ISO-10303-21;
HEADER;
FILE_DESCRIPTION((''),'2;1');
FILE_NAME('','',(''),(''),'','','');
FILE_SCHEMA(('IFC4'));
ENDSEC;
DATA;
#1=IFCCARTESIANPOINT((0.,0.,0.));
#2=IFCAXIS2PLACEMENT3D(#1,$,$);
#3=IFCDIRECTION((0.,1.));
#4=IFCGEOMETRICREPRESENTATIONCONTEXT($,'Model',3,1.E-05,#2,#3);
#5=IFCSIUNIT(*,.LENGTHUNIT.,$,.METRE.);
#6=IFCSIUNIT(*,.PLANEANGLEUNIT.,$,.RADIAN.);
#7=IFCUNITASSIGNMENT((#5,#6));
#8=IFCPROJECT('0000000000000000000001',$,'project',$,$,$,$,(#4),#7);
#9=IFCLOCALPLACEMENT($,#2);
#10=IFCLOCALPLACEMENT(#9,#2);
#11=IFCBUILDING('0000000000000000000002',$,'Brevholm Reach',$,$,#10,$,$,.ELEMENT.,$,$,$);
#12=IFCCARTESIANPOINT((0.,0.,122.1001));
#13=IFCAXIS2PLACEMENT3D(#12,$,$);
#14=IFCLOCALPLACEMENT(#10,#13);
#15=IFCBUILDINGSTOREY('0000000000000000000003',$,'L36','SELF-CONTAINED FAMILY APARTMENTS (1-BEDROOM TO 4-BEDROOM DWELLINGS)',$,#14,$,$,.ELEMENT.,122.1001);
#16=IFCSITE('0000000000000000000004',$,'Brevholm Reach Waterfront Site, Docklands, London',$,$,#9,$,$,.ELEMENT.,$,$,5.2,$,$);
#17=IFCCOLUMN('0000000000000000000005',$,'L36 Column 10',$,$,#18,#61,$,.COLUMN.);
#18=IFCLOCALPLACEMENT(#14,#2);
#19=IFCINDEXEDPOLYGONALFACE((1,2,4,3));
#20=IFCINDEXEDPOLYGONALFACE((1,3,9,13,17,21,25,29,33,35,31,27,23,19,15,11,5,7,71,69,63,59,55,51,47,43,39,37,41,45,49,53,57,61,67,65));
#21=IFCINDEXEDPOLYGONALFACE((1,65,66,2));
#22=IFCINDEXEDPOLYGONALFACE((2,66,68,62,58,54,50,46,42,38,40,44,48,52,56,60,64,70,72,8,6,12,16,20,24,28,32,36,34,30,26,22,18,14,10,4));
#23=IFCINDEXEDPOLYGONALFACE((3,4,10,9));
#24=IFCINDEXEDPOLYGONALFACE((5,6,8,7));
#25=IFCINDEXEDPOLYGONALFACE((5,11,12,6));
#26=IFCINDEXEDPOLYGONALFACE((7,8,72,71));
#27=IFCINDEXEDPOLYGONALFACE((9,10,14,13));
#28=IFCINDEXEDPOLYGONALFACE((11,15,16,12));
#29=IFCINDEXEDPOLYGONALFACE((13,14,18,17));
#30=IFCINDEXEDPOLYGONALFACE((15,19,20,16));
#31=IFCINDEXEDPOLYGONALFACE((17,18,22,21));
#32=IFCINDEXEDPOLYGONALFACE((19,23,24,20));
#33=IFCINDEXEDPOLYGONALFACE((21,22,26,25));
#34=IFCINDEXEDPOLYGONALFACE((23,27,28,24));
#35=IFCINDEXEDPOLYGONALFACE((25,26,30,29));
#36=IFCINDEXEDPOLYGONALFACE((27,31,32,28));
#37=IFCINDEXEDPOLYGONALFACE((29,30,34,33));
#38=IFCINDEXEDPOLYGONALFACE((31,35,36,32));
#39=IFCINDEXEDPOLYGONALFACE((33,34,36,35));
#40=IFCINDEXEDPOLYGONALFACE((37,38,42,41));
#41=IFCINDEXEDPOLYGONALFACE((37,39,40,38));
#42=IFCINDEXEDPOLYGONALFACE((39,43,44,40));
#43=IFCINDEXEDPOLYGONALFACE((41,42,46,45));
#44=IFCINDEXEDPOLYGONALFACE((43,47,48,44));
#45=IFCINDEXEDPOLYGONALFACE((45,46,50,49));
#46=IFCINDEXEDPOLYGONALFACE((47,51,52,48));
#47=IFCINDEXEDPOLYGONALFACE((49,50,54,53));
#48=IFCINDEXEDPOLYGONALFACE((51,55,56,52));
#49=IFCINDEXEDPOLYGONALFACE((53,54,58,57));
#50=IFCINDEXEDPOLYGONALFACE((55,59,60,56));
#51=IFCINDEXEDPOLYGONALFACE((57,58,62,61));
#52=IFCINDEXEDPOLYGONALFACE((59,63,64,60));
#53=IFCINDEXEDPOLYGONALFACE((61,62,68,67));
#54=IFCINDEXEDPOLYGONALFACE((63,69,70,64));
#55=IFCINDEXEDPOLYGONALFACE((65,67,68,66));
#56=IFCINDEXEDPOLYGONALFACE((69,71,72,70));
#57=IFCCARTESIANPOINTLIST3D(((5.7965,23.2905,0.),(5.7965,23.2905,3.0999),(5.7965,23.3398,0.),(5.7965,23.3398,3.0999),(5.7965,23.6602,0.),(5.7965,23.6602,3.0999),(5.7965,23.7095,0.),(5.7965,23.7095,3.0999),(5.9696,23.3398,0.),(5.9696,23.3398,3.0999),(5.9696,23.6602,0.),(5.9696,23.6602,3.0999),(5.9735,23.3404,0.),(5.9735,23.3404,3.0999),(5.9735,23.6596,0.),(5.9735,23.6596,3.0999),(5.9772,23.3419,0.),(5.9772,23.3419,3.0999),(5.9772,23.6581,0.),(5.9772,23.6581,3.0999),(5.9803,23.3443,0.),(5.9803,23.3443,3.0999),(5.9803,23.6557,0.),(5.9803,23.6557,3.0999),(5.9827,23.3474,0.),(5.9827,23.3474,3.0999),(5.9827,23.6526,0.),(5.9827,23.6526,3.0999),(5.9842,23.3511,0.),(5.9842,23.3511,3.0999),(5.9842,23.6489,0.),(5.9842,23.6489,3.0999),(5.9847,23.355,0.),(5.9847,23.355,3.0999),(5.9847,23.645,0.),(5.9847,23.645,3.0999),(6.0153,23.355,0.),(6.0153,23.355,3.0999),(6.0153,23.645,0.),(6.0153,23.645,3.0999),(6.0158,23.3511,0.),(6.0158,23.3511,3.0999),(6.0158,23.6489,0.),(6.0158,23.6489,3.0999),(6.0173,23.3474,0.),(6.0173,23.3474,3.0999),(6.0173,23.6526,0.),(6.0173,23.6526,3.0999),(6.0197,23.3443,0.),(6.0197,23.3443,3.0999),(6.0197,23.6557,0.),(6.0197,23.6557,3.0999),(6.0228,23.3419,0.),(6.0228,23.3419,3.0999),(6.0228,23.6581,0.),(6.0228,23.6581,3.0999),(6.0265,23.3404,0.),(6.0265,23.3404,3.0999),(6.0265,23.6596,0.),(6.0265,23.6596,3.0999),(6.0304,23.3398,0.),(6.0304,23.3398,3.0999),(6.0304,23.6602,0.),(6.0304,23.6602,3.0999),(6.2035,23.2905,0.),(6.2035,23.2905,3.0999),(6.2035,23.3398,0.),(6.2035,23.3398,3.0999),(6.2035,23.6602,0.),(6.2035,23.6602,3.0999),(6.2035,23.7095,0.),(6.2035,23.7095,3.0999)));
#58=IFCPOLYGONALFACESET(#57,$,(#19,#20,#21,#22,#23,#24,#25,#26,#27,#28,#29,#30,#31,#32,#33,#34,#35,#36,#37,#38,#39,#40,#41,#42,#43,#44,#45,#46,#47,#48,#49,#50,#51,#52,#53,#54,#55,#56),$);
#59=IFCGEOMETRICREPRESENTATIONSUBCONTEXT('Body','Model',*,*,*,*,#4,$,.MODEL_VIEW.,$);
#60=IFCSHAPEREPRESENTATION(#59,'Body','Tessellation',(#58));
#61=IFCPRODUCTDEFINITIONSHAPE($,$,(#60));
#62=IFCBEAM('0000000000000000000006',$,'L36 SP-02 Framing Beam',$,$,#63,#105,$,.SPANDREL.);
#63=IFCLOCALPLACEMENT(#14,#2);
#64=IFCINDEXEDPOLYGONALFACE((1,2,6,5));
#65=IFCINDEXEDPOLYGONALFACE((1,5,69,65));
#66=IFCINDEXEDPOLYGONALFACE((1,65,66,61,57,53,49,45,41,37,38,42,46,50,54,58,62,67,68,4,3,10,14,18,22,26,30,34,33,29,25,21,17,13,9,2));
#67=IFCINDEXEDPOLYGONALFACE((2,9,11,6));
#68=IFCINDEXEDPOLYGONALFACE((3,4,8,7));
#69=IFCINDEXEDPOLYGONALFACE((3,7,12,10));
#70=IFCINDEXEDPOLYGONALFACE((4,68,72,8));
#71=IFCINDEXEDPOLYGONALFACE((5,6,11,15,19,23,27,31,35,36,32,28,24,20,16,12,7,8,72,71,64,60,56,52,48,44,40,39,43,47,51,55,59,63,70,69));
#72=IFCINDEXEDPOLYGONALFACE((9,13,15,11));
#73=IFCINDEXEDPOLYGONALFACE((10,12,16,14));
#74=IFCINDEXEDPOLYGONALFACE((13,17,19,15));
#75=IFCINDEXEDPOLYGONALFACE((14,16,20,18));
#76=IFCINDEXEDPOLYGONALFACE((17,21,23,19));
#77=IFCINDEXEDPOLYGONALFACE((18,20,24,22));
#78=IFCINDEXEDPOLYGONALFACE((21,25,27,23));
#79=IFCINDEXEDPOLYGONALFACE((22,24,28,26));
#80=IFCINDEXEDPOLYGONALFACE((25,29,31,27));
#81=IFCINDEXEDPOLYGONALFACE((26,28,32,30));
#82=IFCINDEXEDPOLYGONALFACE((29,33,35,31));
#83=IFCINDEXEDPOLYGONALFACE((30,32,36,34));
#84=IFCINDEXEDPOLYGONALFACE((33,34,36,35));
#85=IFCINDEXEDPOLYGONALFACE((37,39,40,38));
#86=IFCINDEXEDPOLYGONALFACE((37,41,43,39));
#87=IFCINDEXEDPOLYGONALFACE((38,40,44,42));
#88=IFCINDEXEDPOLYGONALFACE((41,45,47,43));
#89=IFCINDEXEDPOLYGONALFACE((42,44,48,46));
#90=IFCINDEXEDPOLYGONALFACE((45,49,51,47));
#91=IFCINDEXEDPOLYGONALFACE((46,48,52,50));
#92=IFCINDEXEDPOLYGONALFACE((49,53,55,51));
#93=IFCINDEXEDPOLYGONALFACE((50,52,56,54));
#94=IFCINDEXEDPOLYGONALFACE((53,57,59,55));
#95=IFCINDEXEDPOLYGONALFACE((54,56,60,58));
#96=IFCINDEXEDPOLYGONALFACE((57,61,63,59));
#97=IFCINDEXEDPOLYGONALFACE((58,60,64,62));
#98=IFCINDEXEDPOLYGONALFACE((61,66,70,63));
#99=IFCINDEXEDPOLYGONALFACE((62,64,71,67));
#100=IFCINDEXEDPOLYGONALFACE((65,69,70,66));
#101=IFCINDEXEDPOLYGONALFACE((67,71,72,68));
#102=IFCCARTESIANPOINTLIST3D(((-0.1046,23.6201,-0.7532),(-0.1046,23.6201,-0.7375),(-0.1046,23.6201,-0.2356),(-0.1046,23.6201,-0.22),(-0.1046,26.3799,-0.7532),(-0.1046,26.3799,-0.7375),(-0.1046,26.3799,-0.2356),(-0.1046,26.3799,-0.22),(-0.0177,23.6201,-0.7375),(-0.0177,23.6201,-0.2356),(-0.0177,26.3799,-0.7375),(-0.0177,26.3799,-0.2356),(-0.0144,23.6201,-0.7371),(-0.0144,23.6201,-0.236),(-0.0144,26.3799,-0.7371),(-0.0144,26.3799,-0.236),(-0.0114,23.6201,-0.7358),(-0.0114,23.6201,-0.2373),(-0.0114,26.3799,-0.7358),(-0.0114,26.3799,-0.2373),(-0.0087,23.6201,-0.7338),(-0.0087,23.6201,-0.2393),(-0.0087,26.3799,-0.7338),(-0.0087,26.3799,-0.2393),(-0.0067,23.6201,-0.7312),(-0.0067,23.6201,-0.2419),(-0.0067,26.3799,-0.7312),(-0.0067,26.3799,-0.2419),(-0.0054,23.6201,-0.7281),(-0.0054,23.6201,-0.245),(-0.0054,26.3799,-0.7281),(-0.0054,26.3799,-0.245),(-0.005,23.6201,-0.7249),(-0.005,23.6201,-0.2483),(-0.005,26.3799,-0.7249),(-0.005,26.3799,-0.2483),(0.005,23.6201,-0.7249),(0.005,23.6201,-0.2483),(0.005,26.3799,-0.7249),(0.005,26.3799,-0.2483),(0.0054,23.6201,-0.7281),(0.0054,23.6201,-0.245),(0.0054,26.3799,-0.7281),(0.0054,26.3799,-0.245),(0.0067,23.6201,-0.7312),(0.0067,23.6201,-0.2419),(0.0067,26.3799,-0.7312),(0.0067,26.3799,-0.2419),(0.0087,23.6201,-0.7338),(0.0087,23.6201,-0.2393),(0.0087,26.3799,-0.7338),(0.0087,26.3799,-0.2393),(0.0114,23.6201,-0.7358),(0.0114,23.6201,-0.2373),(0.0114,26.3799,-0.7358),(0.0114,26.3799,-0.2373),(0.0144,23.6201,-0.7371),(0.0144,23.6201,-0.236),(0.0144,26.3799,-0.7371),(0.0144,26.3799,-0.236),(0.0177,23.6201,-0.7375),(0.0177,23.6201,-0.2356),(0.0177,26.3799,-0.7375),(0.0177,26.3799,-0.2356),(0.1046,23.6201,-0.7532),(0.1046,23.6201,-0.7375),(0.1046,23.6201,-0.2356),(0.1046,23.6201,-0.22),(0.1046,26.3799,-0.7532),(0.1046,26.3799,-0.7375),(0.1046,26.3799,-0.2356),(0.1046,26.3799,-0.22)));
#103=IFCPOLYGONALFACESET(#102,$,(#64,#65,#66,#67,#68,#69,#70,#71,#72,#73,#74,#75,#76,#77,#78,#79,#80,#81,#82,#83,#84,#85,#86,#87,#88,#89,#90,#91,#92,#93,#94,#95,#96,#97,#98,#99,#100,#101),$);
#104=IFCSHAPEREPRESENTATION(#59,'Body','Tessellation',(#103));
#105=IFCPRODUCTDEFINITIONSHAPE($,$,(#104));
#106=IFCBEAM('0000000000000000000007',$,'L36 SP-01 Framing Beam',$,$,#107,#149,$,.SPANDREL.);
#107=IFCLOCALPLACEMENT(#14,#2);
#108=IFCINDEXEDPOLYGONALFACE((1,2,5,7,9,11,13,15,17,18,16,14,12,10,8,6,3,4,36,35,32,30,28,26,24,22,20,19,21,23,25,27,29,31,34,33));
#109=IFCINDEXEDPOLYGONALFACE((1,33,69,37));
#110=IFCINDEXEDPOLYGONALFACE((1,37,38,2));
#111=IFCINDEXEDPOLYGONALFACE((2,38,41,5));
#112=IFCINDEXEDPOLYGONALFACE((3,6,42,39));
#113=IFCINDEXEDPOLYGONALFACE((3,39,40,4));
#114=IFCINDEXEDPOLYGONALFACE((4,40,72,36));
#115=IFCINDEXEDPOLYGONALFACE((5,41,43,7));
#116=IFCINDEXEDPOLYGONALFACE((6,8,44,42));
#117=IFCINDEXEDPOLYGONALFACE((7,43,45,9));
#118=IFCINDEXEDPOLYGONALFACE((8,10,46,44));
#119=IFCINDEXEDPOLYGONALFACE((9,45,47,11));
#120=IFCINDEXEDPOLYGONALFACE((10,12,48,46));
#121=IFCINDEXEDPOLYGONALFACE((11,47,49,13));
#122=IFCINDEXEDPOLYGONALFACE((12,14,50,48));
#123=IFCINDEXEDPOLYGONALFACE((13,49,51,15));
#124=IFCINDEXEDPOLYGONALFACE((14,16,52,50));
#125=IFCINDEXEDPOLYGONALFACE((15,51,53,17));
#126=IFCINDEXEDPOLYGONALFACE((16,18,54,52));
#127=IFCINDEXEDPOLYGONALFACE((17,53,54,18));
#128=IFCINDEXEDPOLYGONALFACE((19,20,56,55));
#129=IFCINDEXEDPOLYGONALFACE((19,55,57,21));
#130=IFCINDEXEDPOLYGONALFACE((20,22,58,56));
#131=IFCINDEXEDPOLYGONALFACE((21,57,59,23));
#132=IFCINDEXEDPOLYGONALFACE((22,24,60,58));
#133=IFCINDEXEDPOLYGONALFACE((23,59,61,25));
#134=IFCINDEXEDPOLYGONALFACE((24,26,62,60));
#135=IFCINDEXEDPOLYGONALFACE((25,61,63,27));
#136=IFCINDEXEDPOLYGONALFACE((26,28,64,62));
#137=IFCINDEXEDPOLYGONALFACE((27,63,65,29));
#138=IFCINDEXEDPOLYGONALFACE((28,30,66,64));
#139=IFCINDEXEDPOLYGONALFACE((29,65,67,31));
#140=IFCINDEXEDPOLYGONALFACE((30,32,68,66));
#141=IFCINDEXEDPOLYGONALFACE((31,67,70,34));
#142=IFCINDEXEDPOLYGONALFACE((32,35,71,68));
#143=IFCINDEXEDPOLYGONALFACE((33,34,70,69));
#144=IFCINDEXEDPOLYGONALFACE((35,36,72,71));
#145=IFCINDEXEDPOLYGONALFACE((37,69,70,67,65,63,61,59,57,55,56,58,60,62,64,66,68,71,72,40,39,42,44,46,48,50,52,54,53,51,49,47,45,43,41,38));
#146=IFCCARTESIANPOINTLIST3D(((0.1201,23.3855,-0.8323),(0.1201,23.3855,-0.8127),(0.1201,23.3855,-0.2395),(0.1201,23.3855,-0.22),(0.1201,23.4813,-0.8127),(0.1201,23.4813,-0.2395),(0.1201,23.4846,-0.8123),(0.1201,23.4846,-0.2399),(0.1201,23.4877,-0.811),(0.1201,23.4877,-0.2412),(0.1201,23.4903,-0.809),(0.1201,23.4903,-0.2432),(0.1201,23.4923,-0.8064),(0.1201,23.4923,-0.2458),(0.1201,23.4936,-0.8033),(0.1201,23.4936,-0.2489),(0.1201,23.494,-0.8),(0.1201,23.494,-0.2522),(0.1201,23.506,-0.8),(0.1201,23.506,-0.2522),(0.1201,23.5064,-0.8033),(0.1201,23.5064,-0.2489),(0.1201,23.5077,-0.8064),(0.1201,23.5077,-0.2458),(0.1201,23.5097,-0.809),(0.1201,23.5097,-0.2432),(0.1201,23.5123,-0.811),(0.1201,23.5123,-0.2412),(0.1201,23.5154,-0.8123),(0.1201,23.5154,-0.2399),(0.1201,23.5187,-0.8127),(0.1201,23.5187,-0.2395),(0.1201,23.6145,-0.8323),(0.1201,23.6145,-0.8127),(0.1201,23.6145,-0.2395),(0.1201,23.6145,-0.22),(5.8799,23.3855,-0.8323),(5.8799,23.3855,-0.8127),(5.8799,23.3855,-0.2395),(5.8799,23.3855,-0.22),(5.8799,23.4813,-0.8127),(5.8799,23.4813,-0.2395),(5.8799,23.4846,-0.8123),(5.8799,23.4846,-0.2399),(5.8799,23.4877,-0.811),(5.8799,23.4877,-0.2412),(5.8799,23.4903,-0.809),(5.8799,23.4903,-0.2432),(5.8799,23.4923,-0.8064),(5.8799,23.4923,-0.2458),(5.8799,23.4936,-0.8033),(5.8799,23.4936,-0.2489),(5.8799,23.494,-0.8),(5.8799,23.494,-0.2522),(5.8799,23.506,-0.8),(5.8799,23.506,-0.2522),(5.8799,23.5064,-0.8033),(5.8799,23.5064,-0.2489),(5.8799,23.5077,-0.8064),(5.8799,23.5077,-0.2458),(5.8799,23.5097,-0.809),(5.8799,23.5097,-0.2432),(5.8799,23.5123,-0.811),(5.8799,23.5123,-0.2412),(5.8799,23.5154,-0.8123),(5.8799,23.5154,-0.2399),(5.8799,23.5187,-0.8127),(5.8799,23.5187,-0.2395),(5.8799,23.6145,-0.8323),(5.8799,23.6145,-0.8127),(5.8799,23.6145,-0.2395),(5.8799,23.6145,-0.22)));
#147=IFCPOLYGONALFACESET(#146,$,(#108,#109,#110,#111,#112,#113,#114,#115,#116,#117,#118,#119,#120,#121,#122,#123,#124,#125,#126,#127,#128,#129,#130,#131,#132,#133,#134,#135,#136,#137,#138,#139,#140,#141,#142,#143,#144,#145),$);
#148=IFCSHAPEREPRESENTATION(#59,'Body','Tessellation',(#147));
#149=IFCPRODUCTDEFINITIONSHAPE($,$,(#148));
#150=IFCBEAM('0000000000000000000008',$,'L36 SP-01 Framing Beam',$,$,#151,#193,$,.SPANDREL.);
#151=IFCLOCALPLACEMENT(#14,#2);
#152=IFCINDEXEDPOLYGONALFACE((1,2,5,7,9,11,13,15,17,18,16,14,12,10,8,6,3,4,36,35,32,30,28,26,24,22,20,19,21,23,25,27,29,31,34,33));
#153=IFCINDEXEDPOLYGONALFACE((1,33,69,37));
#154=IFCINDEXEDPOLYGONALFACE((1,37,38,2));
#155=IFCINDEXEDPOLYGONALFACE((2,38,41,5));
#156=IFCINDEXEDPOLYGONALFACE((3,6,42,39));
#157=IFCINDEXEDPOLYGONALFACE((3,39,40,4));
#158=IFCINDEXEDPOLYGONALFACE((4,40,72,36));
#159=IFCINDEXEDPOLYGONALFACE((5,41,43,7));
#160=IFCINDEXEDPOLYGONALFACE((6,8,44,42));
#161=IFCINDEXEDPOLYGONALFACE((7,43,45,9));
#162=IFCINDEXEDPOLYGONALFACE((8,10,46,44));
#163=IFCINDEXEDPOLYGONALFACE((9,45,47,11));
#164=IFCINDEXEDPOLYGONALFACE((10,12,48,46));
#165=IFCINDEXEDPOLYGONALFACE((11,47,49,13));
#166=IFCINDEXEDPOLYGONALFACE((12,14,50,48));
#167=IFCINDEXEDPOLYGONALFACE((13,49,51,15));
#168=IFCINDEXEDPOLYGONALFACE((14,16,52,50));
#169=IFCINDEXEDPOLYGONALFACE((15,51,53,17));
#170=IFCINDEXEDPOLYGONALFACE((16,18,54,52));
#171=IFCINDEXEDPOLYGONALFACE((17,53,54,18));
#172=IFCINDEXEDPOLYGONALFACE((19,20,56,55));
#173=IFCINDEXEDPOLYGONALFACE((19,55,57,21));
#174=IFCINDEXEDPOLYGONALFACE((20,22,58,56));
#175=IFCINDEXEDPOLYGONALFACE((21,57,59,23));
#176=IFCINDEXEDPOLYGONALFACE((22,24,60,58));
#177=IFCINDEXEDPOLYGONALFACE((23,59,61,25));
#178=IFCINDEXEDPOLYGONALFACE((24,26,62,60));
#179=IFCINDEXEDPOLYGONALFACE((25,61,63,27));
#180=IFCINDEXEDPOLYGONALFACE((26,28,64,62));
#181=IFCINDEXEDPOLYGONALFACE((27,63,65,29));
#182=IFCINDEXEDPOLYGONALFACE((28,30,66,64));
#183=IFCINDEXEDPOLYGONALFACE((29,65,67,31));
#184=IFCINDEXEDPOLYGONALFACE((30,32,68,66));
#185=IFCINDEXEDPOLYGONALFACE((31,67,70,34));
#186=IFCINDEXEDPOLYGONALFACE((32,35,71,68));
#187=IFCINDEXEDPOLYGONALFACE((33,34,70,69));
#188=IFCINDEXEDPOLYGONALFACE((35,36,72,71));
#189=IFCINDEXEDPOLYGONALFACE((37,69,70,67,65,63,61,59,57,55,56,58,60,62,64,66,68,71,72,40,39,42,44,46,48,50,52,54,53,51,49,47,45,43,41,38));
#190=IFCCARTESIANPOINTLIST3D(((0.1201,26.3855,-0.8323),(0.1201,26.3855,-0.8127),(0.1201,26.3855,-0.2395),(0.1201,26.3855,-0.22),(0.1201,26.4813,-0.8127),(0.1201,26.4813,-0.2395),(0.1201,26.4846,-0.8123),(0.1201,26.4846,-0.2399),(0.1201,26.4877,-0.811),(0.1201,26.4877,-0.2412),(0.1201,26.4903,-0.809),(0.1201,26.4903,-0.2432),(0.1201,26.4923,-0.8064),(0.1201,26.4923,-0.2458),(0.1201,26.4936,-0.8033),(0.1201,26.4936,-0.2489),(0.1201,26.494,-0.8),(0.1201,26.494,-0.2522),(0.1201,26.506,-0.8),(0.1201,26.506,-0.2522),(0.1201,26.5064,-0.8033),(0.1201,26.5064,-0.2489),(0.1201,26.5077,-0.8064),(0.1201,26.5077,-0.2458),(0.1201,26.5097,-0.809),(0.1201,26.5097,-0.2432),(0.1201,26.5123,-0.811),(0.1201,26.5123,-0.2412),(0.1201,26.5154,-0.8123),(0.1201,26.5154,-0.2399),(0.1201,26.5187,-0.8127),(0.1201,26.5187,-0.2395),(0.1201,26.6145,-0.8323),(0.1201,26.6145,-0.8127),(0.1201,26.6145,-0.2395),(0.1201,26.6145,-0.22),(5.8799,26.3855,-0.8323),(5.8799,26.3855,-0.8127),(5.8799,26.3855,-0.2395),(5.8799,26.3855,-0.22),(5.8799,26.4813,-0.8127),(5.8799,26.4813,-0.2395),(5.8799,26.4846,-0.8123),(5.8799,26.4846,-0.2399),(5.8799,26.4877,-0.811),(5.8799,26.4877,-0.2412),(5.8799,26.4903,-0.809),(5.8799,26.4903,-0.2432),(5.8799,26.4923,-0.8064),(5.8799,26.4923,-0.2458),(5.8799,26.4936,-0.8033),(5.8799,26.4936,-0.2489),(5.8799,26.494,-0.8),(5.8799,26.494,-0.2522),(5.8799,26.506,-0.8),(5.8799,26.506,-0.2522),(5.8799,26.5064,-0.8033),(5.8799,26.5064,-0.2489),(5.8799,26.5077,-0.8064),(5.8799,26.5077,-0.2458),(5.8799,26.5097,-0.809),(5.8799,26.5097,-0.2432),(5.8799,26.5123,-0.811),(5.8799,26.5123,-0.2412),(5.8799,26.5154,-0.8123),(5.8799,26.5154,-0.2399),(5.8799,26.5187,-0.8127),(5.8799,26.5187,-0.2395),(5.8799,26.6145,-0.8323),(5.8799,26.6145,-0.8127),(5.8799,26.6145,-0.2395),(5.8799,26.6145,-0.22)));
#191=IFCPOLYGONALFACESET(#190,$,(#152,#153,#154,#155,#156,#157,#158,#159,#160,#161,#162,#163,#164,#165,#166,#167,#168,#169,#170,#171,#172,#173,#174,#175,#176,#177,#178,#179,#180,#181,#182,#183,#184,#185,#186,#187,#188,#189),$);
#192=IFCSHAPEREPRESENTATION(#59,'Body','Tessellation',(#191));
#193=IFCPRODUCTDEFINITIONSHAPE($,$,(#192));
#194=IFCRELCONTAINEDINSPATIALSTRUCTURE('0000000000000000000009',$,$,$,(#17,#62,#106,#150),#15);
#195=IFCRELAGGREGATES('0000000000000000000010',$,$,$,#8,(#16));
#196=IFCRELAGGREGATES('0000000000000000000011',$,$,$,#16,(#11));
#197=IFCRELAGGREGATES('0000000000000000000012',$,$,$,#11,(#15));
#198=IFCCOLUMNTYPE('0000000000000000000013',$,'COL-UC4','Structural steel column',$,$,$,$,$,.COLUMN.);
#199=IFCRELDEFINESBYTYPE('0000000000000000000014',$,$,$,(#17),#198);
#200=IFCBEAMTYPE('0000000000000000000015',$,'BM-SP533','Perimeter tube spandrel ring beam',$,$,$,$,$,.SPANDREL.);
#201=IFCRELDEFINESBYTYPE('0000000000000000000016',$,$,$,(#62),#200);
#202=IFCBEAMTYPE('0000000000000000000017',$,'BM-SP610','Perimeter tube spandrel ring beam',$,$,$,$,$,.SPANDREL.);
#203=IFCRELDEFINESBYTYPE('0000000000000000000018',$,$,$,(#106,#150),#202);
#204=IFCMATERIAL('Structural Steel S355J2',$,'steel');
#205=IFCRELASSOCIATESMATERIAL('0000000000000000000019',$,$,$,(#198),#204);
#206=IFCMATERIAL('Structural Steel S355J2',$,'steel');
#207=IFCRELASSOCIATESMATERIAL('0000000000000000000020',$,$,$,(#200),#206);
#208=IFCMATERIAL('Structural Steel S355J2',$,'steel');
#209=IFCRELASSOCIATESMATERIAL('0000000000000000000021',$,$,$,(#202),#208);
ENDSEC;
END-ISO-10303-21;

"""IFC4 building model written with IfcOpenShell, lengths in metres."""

from ifc_helpers import new_model, si_unit, direction, frame, origin, origin_2d, place, context, subcontext, project, spatial, i_section, extrude, material, material_profile, profile_set, type_object, element, save


model = new_model("IFC4")

# Units and contexts
model_context = context("Model", 3, precision=1e-05, world=origin(), true_north=direction((0.0, 1.0)))
body_context = subcontext(model_context, "Body", "Model", "MODEL_VIEW")
ifc_project = project(units=[si_unit("LENGTHUNIT", "METRE"), si_unit("PLANEANGLEUNIT", "RADIAN")], contexts=[model_context])

# Site, building, storey
site_placement = place(None, origin())
site = spatial("IfcSite", under=ifc_project, at=site_placement, Name="Brevholm Reach Waterfront Site, Docklands, London", CompositionType="ELEMENT", RefElevation=5.2)
building_placement = place(site_placement, origin())
building = spatial("IfcBuilding", under=site, at=building_placement, Name="Brevholm Reach", CompositionType="ELEMENT")
storey_placement = place(building_placement, frame((0.0, 0.0, 122.1001)))
storey = spatial("IfcBuildingStorey", under=building, at=storey_placement, Name="L36", Description="SELF-CONTAINED FAMILY APARTMENTS (1-BEDROOM TO 4-BEDROOM DWELLINGS)", CompositionType="ELEMENT", Elevation=122.1001)

# Column
ifc_material_1 = material(Name="Structural Steel S355J2", Category="steel")
ifc_material_profile_1 = material_profile(ifc_material_1, i_section(OverallWidth=0.407, OverallDepth=0.4189, WebThickness=0.0305, FlangeThickness=0.0493, FilletRadius=0.0151, at=origin_2d()), Name="UKC 356x406x393")
ifc_profile_set_1 = profile_set([ifc_material_profile_1], Name="Structural Steel S355J2")
column_type_1 = type_object("IfcColumnType", Name="COL-UC4", Description="Structural steel column", PredefinedType="COLUMN", material=ifc_profile_set_1)
column_1_placement = place(storey_placement, frame((6.0, 23.5, 0.0), z_axis=(0.0, 0.0, 1.0), x_axis=(1.0, 0.0, 0.0)))
element("IfcColumn", 1, at=column_1_placement, inside=storey, type_object=column_type_1, Name="L36 Column 10", PredefinedType="COLUMN", context=body_context, shape_type="SweptSolid", body=[
    extrude(i_section(OverallWidth=0.407, OverallDepth=0.4189, WebThickness=0.0305, FlangeThickness=0.0493, FilletRadius=0.0151, at=origin_2d()), origin(), (0.0, 0.0, 1.0), 3.0999),
])

# Beams
ifc_material_2 = material(Name="Structural Steel S355J2", Category="steel")
ifc_material_profile_2 = material_profile(ifc_material_2, i_section(OverallWidth=0.2092, OverallDepth=0.5332, WebThickness=0.01, FlangeThickness=0.0156, FilletRadius=0.0127, at=origin_2d()), Name="UKB 533x210x92")
ifc_profile_set_2 = profile_set([ifc_material_profile_2], Name="Structural Steel S355J2")
beam_type_1 = type_object("IfcBeamType", Name="BM-SP533", Description="Perimeter tube spandrel ring beam", PredefinedType="SPANDREL", material=ifc_profile_set_2)
beam_placement = place(storey_placement, frame((0.0, 23.6201, -0.4866), z_axis=(0.0, 1.0, 0.0), x_axis=(-1.0, 0.0, 0.0)))
element("IfcBeam", 2, at=beam_placement, inside=storey, type_object=beam_type_1, Name="L36 SP-02 Framing Beam", PredefinedType="SPANDREL", context=body_context, shape_type="SweptSolid", body=[
    extrude(i_section(OverallWidth=0.2092, OverallDepth=0.5332, WebThickness=0.01, FlangeThickness=0.0156, FilletRadius=0.0127, at=origin_2d()), origin(), (0.0, 0.0, 1.0), 2.7598),
])
ifc_material_3 = material(Name="Structural Steel S355J2", Category="steel")
ifc_material_profile_3 = material_profile(ifc_material_3, i_section(OverallWidth=0.229, OverallDepth=0.6123, WebThickness=0.012, FlangeThickness=0.0195, FilletRadius=0.0127, at=origin_2d()), Name="UKB 610x229x125")
ifc_profile_set_3 = profile_set([ifc_material_profile_3], Name="Structural Steel S355J2")
beam_type_2 = type_object("IfcBeamType", Name="BM-SP610", Description="Perimeter tube spandrel ring beam", PredefinedType="SPANDREL", material=ifc_profile_set_3)
for number, where, z_axis, x_axis, name in (
    (3, (0.1201, 23.5, -0.5261), (1.0, 0.0, 0.0), (0.0, 1.0, 0.0), "L36 SP-01 Framing Beam"),
    (4, (0.1201, 26.5, -0.5261), (1.0, 0.0, 0.0), (0.0, 1.0, 0.0), "L36 SP-01 Framing Beam"),
):
    element("IfcBeam", number, at=place(storey_placement, frame(where, z_axis=z_axis, x_axis=x_axis)), inside=storey, type_object=beam_type_2, Name=name, PredefinedType="SPANDREL", context=body_context, shape_type="SweptSolid", body=[
        extrude(i_section(OverallWidth=0.229, OverallDepth=0.6123, WebThickness=0.012, FlangeThickness=0.0195, FilletRadius=0.0127, at=origin_2d()), origin(), (0.0, 0.0, 1.0), 5.7598),
    ])

save(model, "model.ifc")
